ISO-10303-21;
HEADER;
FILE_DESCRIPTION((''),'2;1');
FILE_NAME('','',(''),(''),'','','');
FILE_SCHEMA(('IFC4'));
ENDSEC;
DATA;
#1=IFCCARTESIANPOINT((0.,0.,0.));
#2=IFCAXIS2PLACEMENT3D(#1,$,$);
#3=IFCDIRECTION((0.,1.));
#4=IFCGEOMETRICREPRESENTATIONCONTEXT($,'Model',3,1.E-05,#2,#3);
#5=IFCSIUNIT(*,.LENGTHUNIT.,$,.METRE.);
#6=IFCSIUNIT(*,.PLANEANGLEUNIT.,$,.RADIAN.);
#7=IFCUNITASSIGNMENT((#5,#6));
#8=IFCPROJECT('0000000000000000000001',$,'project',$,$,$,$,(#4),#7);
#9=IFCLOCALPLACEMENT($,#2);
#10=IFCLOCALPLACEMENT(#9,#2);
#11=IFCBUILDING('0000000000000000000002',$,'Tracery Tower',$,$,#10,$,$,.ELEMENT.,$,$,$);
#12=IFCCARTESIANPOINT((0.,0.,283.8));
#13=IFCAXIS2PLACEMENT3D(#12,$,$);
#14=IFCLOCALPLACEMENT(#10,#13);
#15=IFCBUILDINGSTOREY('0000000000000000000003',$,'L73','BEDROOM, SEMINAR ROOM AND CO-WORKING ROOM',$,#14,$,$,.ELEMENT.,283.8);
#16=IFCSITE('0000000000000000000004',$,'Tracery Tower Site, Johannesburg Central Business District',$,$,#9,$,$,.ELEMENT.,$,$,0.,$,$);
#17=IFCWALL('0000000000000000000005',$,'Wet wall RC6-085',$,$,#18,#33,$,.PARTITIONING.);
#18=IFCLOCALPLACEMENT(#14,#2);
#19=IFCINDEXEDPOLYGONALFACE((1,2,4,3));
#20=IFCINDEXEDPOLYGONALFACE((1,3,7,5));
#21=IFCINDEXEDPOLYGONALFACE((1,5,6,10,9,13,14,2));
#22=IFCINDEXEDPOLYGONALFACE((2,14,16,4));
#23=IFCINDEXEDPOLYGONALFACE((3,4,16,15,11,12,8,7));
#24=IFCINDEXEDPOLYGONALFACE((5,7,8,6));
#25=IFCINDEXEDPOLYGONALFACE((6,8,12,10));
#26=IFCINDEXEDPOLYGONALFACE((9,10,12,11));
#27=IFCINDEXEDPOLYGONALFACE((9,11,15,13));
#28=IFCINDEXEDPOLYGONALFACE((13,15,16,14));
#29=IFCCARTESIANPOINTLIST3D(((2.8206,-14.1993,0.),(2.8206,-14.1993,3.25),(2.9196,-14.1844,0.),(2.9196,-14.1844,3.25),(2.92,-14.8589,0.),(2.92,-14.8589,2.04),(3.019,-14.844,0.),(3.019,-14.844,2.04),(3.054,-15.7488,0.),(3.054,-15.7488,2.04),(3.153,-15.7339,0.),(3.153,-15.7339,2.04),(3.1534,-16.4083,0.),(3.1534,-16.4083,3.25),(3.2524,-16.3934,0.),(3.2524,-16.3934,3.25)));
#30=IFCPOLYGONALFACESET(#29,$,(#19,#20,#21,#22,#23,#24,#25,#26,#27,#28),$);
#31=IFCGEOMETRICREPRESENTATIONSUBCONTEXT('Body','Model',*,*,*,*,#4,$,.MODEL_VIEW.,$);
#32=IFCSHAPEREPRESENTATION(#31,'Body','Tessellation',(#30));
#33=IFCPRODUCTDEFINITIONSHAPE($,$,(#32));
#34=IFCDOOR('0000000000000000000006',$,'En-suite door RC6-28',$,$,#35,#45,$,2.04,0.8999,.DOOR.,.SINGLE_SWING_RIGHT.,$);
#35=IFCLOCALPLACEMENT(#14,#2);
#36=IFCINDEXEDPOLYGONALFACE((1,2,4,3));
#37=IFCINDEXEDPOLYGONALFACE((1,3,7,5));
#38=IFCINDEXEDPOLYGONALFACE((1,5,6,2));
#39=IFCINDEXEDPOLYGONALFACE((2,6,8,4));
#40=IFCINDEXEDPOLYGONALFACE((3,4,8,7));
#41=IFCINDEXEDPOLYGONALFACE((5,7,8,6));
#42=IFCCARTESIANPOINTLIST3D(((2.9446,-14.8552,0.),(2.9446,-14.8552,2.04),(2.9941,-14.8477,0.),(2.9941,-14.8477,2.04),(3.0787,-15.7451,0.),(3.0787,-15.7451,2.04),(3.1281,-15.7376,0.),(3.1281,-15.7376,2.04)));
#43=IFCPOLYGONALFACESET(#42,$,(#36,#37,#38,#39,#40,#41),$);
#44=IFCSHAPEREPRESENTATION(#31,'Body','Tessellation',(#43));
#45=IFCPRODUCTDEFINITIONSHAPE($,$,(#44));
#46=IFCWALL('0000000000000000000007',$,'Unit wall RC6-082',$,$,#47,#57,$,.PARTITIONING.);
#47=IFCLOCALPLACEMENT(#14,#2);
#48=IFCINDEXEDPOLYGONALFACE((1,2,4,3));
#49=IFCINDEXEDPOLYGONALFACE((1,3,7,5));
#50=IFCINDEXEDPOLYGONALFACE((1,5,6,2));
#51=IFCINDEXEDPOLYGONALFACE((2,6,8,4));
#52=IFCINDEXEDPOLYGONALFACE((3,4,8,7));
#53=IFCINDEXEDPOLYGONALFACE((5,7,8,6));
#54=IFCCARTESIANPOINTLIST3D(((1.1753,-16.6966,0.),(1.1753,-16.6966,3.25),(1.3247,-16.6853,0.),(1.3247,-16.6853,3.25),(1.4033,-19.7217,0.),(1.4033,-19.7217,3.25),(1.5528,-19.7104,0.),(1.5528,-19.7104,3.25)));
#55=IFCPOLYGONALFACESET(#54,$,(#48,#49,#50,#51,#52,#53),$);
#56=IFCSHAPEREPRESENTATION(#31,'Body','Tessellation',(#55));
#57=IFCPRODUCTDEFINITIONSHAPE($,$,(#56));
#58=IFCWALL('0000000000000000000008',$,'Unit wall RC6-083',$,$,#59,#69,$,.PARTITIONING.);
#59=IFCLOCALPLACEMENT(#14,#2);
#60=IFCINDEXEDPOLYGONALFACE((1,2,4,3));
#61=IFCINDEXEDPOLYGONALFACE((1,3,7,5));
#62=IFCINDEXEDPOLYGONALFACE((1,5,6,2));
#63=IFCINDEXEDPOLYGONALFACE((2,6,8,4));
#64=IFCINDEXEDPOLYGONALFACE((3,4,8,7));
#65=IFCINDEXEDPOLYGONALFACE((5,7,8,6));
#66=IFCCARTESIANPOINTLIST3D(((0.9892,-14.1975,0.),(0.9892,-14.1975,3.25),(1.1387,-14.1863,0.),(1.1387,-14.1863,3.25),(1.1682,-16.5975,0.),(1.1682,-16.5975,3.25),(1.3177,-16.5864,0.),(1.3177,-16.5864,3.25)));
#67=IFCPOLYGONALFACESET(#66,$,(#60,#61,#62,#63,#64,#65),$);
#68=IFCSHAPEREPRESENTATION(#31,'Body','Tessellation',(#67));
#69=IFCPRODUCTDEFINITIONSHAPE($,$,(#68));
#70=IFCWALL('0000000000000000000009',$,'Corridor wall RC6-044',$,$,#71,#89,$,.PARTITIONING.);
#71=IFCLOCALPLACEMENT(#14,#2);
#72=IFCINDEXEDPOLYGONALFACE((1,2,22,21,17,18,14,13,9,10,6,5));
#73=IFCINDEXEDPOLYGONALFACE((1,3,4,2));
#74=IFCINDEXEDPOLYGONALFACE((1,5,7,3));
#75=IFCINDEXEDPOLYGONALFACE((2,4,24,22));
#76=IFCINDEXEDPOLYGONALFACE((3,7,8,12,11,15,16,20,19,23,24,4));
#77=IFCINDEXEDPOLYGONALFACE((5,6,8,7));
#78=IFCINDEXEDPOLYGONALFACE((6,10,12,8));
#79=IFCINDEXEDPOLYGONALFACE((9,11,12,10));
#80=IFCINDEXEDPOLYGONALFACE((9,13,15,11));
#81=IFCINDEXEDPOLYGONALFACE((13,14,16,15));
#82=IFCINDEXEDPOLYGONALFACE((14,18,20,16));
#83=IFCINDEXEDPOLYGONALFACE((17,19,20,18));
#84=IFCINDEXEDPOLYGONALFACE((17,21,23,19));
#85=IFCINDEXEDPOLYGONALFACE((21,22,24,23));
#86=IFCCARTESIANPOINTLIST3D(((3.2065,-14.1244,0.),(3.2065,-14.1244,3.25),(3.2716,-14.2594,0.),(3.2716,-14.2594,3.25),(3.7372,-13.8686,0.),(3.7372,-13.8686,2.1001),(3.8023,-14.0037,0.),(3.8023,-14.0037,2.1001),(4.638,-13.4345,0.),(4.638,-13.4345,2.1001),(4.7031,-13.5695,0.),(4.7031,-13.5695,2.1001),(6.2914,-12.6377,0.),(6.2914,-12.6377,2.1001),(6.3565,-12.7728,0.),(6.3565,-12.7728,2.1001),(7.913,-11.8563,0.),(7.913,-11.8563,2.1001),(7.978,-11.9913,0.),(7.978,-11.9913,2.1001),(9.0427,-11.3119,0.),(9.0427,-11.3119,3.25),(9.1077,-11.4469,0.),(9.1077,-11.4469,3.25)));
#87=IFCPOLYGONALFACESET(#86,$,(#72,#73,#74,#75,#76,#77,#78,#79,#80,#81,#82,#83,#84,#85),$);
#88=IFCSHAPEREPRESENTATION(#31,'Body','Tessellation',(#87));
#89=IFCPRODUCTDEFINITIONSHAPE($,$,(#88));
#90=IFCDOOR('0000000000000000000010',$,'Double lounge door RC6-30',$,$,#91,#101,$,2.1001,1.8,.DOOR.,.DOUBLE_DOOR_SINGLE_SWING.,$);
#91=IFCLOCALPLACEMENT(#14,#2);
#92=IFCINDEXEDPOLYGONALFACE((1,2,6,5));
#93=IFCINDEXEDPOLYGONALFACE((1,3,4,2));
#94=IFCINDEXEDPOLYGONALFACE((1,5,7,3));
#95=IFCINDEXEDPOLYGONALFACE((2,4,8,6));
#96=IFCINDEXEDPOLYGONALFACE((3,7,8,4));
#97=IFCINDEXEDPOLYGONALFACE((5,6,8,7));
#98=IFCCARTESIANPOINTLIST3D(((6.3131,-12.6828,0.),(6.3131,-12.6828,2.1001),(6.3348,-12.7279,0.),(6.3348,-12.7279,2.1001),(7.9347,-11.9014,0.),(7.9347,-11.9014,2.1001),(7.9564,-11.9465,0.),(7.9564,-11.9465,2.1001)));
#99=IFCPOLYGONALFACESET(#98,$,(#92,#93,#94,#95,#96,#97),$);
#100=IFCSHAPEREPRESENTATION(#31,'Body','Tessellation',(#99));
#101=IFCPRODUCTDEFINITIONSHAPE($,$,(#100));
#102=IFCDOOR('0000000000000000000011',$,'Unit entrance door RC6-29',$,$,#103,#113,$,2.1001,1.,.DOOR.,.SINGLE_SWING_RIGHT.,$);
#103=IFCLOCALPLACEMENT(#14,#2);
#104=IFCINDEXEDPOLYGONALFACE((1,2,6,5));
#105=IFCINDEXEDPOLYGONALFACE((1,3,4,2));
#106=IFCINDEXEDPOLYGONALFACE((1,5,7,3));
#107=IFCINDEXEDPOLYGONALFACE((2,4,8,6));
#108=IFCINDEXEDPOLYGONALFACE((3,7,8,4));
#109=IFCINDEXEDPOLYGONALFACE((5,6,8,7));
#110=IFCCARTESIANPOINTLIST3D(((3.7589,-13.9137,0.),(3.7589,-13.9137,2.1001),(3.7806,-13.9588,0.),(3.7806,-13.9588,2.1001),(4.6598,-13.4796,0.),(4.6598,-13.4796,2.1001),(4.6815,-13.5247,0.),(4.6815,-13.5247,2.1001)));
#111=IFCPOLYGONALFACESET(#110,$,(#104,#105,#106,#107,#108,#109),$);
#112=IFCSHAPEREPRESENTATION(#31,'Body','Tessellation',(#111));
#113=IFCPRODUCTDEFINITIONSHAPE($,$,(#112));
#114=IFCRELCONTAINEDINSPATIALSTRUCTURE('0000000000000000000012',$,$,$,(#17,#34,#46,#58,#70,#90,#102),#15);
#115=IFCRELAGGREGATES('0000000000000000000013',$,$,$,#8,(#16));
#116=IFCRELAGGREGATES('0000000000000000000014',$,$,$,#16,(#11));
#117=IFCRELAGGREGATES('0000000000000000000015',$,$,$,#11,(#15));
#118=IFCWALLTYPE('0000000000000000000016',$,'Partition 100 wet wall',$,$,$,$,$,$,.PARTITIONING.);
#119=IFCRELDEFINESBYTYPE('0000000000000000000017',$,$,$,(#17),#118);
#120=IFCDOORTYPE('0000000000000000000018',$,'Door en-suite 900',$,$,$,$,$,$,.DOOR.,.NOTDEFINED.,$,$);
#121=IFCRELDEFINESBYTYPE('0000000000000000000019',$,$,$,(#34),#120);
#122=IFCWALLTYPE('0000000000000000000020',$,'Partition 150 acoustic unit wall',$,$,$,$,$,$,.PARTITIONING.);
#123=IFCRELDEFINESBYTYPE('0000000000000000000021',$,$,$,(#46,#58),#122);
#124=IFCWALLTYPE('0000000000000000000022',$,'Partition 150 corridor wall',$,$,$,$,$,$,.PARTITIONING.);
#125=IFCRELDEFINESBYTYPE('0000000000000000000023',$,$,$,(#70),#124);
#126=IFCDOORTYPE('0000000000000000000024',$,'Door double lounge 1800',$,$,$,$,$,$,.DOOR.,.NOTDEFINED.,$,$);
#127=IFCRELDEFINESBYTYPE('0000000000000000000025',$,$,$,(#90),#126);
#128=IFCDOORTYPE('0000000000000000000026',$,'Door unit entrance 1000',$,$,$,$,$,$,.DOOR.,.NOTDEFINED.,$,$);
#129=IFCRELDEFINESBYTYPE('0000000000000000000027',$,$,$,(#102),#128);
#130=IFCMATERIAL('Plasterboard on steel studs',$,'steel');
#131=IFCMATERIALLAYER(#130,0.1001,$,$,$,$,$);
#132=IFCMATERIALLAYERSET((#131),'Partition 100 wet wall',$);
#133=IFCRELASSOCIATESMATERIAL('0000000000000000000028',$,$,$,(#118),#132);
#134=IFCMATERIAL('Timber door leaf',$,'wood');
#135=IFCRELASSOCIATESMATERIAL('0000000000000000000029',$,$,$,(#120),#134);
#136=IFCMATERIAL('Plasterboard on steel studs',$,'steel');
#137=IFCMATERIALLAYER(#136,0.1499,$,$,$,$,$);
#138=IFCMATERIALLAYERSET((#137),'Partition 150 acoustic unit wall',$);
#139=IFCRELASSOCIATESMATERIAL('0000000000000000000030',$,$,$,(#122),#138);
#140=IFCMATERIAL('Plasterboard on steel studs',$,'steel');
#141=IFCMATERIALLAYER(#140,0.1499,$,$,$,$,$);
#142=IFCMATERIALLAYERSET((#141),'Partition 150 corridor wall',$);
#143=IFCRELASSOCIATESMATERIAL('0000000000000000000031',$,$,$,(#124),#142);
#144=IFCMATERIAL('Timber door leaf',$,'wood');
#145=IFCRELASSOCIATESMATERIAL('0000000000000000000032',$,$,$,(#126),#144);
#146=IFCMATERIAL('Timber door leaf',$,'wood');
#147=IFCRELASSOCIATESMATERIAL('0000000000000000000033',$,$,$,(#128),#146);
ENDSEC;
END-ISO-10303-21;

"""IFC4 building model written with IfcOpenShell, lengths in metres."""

from ifc_helpers import new_model, si_unit, direction, frame, frame_2d, origin, place, context, subcontext, project, spatial, rectangle, extrude, material, layer, layer_set, type_object, element, fill, save


model = new_model("IFC4")

# Units and contexts
model_context = context("Model", 3, precision=1e-05, world=origin(), true_north=direction((0.0, 1.0)))
body_context = subcontext(model_context, "Body", "Model", "MODEL_VIEW")
ifc_project = project(units=[si_unit("LENGTHUNIT", "METRE"), si_unit("PLANEANGLEUNIT", "RADIAN")], contexts=[model_context])

# Site, building, storey
site_placement = place(None, origin())
site = spatial("IfcSite", under=ifc_project, at=site_placement, Name="Tracery Tower Site, Johannesburg Central Business District", CompositionType="ELEMENT", RefElevation=0.0)
building_placement = place(site_placement, origin())
building = spatial("IfcBuilding", under=site, at=building_placement, Name="Tracery Tower", CompositionType="ELEMENT")
storey_placement = place(building_placement, frame((0.0, 0.0, 283.8)))
storey = spatial("IfcBuildingStorey", under=building, at=storey_placement, Name="L73", Description="BEDROOM, SEMINAR ROOM AND CO-WORKING ROOM", CompositionType="ELEMENT", Elevation=283.8)

# Shared definitions
ifc_material_1 = material(Name="Plasterboard on steel studs", Category="steel")
ifc_layer_1 = layer(ifc_material_1, 0.1001)
ifc_layer_set_1 = layer_set([ifc_layer_1], Name="Partition 100 wet wall")
wall_type_1 = type_object("IfcWallType", Name="Partition 100 wet wall", PredefinedType="PARTITIONING", material=ifc_layer_set_1)
ifc_material_2 = material(Name="Timber door leaf", Category="wood")
door_type_1 = type_object("IfcDoorType", Name="Door en-suite 900", OperationType="NOTDEFINED", PredefinedType="DOOR", material=ifc_material_2)

# Wall, opening, door
wall_1_placement = place(storey_placement, frame((2.8701, -14.1919, 0.0), z_axis=(0.0, 0.0, 1.0), x_axis=(0.14896, -0.988843, 0.0)))
wall_1 = element("IfcWall", 1, at=wall_1_placement, inside=storey, type_object=wall_type_1, Name="Wet wall RC6-085", PredefinedType="PARTITIONING", context=body_context, shape_type="SweptSolid", body=[
    extrude(rectangle(XDim=2.2339, YDim=0.1001, at=frame_2d((1.1169, 0.0))), origin(), (0.0, 0.0, 1.0), 3.25),
])
opening_1_placement = place(wall_1_placement, frame((0.667, 0.0, 0.0)))
opening_1 = element("IfcOpeningElement", 2, at=opening_1_placement, cuts=wall_1, PredefinedType="OPENING", context=body_context, shape_type="SweptSolid", body=[
    extrude(rectangle(XDim=0.8999, YDim=2.04, at=frame_2d((0.45, 1.02))), frame((0.0, 0.05, 0.0), z_axis=(0.0, -1.0, 0.0), x_axis=(1.0, 0.0, 0.0)), (0.0, 0.0, 1.0), 0.1001),
])
door_1_placement = place(opening_1_placement, origin())
door_1 = element("IfcDoor", 3, at=door_1_placement, inside=storey, type_object=door_type_1, Name="En-suite door RC6-28", OperationType="SINGLE_SWING_RIGHT", OverallHeight=2.04, OverallWidth=0.8999, PredefinedType="DOOR", context=body_context, shape_type="SweptSolid", body=[
    extrude(rectangle(XDim=0.8999, YDim=2.04, at=frame_2d((0.45, 1.02))), frame((0.0, 0.0249, 0.0), z_axis=(0.0, -1.0, 0.0), x_axis=(1.0, 0.0, 0.0)), (0.0, 0.0, 1.0), 0.05),
])
fill(opening_1, door_1)

# Walls
ifc_material_3 = material(Name="Plasterboard on steel studs", Category="steel")
ifc_layer_2 = layer(ifc_material_3, 0.1499)
ifc_layer_set_2 = layer_set([ifc_layer_2], Name="Partition 150 acoustic unit wall")
wall_type_2 = type_object("IfcWallType", Name="Partition 150 acoustic unit wall", PredefinedType="PARTITIONING", material=ifc_layer_set_2)
wall_2_placement = place(storey_placement, frame((1.25, -16.6909, 0.0), z_axis=(0.0, 0.0, 1.0), x_axis=(0.075164, -0.997171, 0.0)))
element("IfcWall", 4, at=wall_2_placement, inside=storey, type_object=wall_type_2, Name="Unit wall RC6-082", PredefinedType="PARTITIONING", context=body_context, shape_type="SweptSolid", body=[
    extrude(rectangle(XDim=3.0337, YDim=0.1499, at=frame_2d((1.5168, 0.0))), origin(), (0.0, 0.0, 1.0), 3.25),
])
wall_3_placement = place(storey_placement, frame((1.064, -14.1919, 0.0), z_axis=(0.0, 0.0, 1.0), x_axis=(0.074354, -0.997232, 0.0)))
element("IfcWall", 5, at=wall_3_placement, inside=storey, type_object=wall_type_2, Name="Unit wall RC6-083", PredefinedType="PARTITIONING", context=body_context, shape_type="SweptSolid", body=[
    extrude(rectangle(XDim=2.4067, YDim=0.1499, at=frame_2d((1.2034, 0.0))), origin(), (0.0, 0.0, 1.0), 3.25),
])

# Wall, openings, doors
ifc_material_4 = material(Name="Plasterboard on steel studs", Category="steel")
ifc_layer_3 = layer(ifc_material_4, 0.1499)
ifc_layer_set_3 = layer_set([ifc_layer_3], Name="Partition 150 corridor wall")
wall_type_3 = type_object("IfcWallType", Name="Partition 150 corridor wall", PredefinedType="PARTITIONING", material=ifc_layer_set_3)
wall_4_placement = place(storey_placement, frame((3.239, -14.1919, 0.0), z_axis=(0.0, 0.0, 1.0), x_axis=(0.900852, 0.434127, 0.0)))
wall_4 = element("IfcWall", 6, at=wall_4_placement, inside=storey, type_object=wall_type_3, Name="Corridor wall RC6-044", PredefinedType="PARTITIONING", context=body_context, shape_type="SweptSolid", body=[
    extrude(rectangle(XDim=6.4785, YDim=0.1499, at=frame_2d((3.2393, 0.0))), origin(), (0.0, 0.0, 1.0), 3.25),
])
opening_2_placement = place(wall_4_placement, frame((0.5891, 0.0, 0.0)))
opening_2 = element("IfcOpeningElement", 7, at=opening_2_placement, cuts=wall_4, PredefinedType="OPENING", context=body_context, shape_type="SweptSolid", body=[
    extrude(rectangle(XDim=1.0, YDim=2.1001, at=frame_2d((0.5, 1.05))), frame((0.0, 0.075, 0.0), z_axis=(0.0, -1.0, 0.0), x_axis=(1.0, 0.0, 0.0)), (0.0, 0.0, 1.0), 0.1499),
])
opening_3_placement = place(wall_4_placement, frame((3.4246, 0.0, 0.0)))
opening_3 = element("IfcOpeningElement", 8, at=opening_3_placement, cuts=wall_4, PredefinedType="OPENING", context=body_context, shape_type="SweptSolid", body=[
    extrude(rectangle(XDim=1.8, YDim=2.1001, at=frame_2d((0.8999, 1.05))), frame((0.0, 0.075, 0.0), z_axis=(0.0, -1.0, 0.0), x_axis=(1.0, 0.0, 0.0)), (0.0, 0.0, 1.0), 0.1499),
])
ifc_material_5 = material(Name="Timber door leaf", Category="wood")
door_type_2 = type_object("IfcDoorType", Name="Door double lounge 1800", OperationType="NOTDEFINED", PredefinedType="DOOR", material=ifc_material_5)
door_2_placement = place(opening_3_placement, origin())
door_2 = element("IfcDoor", 9, at=door_2_placement, inside=storey, type_object=door_type_2, Name="Double lounge door RC6-30", OperationType="DOUBLE_DOOR_SINGLE_SWING", OverallHeight=2.1001, OverallWidth=1.8, PredefinedType="DOOR", context=body_context, shape_type="SweptSolid", body=[
    extrude(rectangle(XDim=1.8, YDim=2.1001, at=frame_2d((0.8999, 1.05))), frame((0.0, 0.0249, 0.0), z_axis=(0.0, -1.0, 0.0), x_axis=(1.0, 0.0, 0.0)), (0.0, 0.0, 1.0), 0.05),
])
fill(opening_3, door_2)
ifc_material_6 = material(Name="Timber door leaf", Category="wood")
door_type_3 = type_object("IfcDoorType", Name="Door unit entrance 1000", OperationType="NOTDEFINED", PredefinedType="DOOR", material=ifc_material_6)
door_3_placement = place(opening_2_placement, origin())
door_3 = element("IfcDoor", 10, at=door_3_placement, inside=storey, type_object=door_type_3, Name="Unit entrance door RC6-29", OperationType="SINGLE_SWING_RIGHT", OverallHeight=2.1001, OverallWidth=1.0, PredefinedType="DOOR", context=body_context, shape_type="SweptSolid", body=[
    extrude(rectangle(XDim=1.0, YDim=2.1001, at=frame_2d((0.5, 1.05))), frame((0.0, 0.0249, 0.0), z_axis=(0.0, -1.0, 0.0), x_axis=(1.0, 0.0, 0.0)), (0.0, 0.0, 1.0), 0.05),
])
fill(opening_2, door_3)

save(model, "model.ifc")
